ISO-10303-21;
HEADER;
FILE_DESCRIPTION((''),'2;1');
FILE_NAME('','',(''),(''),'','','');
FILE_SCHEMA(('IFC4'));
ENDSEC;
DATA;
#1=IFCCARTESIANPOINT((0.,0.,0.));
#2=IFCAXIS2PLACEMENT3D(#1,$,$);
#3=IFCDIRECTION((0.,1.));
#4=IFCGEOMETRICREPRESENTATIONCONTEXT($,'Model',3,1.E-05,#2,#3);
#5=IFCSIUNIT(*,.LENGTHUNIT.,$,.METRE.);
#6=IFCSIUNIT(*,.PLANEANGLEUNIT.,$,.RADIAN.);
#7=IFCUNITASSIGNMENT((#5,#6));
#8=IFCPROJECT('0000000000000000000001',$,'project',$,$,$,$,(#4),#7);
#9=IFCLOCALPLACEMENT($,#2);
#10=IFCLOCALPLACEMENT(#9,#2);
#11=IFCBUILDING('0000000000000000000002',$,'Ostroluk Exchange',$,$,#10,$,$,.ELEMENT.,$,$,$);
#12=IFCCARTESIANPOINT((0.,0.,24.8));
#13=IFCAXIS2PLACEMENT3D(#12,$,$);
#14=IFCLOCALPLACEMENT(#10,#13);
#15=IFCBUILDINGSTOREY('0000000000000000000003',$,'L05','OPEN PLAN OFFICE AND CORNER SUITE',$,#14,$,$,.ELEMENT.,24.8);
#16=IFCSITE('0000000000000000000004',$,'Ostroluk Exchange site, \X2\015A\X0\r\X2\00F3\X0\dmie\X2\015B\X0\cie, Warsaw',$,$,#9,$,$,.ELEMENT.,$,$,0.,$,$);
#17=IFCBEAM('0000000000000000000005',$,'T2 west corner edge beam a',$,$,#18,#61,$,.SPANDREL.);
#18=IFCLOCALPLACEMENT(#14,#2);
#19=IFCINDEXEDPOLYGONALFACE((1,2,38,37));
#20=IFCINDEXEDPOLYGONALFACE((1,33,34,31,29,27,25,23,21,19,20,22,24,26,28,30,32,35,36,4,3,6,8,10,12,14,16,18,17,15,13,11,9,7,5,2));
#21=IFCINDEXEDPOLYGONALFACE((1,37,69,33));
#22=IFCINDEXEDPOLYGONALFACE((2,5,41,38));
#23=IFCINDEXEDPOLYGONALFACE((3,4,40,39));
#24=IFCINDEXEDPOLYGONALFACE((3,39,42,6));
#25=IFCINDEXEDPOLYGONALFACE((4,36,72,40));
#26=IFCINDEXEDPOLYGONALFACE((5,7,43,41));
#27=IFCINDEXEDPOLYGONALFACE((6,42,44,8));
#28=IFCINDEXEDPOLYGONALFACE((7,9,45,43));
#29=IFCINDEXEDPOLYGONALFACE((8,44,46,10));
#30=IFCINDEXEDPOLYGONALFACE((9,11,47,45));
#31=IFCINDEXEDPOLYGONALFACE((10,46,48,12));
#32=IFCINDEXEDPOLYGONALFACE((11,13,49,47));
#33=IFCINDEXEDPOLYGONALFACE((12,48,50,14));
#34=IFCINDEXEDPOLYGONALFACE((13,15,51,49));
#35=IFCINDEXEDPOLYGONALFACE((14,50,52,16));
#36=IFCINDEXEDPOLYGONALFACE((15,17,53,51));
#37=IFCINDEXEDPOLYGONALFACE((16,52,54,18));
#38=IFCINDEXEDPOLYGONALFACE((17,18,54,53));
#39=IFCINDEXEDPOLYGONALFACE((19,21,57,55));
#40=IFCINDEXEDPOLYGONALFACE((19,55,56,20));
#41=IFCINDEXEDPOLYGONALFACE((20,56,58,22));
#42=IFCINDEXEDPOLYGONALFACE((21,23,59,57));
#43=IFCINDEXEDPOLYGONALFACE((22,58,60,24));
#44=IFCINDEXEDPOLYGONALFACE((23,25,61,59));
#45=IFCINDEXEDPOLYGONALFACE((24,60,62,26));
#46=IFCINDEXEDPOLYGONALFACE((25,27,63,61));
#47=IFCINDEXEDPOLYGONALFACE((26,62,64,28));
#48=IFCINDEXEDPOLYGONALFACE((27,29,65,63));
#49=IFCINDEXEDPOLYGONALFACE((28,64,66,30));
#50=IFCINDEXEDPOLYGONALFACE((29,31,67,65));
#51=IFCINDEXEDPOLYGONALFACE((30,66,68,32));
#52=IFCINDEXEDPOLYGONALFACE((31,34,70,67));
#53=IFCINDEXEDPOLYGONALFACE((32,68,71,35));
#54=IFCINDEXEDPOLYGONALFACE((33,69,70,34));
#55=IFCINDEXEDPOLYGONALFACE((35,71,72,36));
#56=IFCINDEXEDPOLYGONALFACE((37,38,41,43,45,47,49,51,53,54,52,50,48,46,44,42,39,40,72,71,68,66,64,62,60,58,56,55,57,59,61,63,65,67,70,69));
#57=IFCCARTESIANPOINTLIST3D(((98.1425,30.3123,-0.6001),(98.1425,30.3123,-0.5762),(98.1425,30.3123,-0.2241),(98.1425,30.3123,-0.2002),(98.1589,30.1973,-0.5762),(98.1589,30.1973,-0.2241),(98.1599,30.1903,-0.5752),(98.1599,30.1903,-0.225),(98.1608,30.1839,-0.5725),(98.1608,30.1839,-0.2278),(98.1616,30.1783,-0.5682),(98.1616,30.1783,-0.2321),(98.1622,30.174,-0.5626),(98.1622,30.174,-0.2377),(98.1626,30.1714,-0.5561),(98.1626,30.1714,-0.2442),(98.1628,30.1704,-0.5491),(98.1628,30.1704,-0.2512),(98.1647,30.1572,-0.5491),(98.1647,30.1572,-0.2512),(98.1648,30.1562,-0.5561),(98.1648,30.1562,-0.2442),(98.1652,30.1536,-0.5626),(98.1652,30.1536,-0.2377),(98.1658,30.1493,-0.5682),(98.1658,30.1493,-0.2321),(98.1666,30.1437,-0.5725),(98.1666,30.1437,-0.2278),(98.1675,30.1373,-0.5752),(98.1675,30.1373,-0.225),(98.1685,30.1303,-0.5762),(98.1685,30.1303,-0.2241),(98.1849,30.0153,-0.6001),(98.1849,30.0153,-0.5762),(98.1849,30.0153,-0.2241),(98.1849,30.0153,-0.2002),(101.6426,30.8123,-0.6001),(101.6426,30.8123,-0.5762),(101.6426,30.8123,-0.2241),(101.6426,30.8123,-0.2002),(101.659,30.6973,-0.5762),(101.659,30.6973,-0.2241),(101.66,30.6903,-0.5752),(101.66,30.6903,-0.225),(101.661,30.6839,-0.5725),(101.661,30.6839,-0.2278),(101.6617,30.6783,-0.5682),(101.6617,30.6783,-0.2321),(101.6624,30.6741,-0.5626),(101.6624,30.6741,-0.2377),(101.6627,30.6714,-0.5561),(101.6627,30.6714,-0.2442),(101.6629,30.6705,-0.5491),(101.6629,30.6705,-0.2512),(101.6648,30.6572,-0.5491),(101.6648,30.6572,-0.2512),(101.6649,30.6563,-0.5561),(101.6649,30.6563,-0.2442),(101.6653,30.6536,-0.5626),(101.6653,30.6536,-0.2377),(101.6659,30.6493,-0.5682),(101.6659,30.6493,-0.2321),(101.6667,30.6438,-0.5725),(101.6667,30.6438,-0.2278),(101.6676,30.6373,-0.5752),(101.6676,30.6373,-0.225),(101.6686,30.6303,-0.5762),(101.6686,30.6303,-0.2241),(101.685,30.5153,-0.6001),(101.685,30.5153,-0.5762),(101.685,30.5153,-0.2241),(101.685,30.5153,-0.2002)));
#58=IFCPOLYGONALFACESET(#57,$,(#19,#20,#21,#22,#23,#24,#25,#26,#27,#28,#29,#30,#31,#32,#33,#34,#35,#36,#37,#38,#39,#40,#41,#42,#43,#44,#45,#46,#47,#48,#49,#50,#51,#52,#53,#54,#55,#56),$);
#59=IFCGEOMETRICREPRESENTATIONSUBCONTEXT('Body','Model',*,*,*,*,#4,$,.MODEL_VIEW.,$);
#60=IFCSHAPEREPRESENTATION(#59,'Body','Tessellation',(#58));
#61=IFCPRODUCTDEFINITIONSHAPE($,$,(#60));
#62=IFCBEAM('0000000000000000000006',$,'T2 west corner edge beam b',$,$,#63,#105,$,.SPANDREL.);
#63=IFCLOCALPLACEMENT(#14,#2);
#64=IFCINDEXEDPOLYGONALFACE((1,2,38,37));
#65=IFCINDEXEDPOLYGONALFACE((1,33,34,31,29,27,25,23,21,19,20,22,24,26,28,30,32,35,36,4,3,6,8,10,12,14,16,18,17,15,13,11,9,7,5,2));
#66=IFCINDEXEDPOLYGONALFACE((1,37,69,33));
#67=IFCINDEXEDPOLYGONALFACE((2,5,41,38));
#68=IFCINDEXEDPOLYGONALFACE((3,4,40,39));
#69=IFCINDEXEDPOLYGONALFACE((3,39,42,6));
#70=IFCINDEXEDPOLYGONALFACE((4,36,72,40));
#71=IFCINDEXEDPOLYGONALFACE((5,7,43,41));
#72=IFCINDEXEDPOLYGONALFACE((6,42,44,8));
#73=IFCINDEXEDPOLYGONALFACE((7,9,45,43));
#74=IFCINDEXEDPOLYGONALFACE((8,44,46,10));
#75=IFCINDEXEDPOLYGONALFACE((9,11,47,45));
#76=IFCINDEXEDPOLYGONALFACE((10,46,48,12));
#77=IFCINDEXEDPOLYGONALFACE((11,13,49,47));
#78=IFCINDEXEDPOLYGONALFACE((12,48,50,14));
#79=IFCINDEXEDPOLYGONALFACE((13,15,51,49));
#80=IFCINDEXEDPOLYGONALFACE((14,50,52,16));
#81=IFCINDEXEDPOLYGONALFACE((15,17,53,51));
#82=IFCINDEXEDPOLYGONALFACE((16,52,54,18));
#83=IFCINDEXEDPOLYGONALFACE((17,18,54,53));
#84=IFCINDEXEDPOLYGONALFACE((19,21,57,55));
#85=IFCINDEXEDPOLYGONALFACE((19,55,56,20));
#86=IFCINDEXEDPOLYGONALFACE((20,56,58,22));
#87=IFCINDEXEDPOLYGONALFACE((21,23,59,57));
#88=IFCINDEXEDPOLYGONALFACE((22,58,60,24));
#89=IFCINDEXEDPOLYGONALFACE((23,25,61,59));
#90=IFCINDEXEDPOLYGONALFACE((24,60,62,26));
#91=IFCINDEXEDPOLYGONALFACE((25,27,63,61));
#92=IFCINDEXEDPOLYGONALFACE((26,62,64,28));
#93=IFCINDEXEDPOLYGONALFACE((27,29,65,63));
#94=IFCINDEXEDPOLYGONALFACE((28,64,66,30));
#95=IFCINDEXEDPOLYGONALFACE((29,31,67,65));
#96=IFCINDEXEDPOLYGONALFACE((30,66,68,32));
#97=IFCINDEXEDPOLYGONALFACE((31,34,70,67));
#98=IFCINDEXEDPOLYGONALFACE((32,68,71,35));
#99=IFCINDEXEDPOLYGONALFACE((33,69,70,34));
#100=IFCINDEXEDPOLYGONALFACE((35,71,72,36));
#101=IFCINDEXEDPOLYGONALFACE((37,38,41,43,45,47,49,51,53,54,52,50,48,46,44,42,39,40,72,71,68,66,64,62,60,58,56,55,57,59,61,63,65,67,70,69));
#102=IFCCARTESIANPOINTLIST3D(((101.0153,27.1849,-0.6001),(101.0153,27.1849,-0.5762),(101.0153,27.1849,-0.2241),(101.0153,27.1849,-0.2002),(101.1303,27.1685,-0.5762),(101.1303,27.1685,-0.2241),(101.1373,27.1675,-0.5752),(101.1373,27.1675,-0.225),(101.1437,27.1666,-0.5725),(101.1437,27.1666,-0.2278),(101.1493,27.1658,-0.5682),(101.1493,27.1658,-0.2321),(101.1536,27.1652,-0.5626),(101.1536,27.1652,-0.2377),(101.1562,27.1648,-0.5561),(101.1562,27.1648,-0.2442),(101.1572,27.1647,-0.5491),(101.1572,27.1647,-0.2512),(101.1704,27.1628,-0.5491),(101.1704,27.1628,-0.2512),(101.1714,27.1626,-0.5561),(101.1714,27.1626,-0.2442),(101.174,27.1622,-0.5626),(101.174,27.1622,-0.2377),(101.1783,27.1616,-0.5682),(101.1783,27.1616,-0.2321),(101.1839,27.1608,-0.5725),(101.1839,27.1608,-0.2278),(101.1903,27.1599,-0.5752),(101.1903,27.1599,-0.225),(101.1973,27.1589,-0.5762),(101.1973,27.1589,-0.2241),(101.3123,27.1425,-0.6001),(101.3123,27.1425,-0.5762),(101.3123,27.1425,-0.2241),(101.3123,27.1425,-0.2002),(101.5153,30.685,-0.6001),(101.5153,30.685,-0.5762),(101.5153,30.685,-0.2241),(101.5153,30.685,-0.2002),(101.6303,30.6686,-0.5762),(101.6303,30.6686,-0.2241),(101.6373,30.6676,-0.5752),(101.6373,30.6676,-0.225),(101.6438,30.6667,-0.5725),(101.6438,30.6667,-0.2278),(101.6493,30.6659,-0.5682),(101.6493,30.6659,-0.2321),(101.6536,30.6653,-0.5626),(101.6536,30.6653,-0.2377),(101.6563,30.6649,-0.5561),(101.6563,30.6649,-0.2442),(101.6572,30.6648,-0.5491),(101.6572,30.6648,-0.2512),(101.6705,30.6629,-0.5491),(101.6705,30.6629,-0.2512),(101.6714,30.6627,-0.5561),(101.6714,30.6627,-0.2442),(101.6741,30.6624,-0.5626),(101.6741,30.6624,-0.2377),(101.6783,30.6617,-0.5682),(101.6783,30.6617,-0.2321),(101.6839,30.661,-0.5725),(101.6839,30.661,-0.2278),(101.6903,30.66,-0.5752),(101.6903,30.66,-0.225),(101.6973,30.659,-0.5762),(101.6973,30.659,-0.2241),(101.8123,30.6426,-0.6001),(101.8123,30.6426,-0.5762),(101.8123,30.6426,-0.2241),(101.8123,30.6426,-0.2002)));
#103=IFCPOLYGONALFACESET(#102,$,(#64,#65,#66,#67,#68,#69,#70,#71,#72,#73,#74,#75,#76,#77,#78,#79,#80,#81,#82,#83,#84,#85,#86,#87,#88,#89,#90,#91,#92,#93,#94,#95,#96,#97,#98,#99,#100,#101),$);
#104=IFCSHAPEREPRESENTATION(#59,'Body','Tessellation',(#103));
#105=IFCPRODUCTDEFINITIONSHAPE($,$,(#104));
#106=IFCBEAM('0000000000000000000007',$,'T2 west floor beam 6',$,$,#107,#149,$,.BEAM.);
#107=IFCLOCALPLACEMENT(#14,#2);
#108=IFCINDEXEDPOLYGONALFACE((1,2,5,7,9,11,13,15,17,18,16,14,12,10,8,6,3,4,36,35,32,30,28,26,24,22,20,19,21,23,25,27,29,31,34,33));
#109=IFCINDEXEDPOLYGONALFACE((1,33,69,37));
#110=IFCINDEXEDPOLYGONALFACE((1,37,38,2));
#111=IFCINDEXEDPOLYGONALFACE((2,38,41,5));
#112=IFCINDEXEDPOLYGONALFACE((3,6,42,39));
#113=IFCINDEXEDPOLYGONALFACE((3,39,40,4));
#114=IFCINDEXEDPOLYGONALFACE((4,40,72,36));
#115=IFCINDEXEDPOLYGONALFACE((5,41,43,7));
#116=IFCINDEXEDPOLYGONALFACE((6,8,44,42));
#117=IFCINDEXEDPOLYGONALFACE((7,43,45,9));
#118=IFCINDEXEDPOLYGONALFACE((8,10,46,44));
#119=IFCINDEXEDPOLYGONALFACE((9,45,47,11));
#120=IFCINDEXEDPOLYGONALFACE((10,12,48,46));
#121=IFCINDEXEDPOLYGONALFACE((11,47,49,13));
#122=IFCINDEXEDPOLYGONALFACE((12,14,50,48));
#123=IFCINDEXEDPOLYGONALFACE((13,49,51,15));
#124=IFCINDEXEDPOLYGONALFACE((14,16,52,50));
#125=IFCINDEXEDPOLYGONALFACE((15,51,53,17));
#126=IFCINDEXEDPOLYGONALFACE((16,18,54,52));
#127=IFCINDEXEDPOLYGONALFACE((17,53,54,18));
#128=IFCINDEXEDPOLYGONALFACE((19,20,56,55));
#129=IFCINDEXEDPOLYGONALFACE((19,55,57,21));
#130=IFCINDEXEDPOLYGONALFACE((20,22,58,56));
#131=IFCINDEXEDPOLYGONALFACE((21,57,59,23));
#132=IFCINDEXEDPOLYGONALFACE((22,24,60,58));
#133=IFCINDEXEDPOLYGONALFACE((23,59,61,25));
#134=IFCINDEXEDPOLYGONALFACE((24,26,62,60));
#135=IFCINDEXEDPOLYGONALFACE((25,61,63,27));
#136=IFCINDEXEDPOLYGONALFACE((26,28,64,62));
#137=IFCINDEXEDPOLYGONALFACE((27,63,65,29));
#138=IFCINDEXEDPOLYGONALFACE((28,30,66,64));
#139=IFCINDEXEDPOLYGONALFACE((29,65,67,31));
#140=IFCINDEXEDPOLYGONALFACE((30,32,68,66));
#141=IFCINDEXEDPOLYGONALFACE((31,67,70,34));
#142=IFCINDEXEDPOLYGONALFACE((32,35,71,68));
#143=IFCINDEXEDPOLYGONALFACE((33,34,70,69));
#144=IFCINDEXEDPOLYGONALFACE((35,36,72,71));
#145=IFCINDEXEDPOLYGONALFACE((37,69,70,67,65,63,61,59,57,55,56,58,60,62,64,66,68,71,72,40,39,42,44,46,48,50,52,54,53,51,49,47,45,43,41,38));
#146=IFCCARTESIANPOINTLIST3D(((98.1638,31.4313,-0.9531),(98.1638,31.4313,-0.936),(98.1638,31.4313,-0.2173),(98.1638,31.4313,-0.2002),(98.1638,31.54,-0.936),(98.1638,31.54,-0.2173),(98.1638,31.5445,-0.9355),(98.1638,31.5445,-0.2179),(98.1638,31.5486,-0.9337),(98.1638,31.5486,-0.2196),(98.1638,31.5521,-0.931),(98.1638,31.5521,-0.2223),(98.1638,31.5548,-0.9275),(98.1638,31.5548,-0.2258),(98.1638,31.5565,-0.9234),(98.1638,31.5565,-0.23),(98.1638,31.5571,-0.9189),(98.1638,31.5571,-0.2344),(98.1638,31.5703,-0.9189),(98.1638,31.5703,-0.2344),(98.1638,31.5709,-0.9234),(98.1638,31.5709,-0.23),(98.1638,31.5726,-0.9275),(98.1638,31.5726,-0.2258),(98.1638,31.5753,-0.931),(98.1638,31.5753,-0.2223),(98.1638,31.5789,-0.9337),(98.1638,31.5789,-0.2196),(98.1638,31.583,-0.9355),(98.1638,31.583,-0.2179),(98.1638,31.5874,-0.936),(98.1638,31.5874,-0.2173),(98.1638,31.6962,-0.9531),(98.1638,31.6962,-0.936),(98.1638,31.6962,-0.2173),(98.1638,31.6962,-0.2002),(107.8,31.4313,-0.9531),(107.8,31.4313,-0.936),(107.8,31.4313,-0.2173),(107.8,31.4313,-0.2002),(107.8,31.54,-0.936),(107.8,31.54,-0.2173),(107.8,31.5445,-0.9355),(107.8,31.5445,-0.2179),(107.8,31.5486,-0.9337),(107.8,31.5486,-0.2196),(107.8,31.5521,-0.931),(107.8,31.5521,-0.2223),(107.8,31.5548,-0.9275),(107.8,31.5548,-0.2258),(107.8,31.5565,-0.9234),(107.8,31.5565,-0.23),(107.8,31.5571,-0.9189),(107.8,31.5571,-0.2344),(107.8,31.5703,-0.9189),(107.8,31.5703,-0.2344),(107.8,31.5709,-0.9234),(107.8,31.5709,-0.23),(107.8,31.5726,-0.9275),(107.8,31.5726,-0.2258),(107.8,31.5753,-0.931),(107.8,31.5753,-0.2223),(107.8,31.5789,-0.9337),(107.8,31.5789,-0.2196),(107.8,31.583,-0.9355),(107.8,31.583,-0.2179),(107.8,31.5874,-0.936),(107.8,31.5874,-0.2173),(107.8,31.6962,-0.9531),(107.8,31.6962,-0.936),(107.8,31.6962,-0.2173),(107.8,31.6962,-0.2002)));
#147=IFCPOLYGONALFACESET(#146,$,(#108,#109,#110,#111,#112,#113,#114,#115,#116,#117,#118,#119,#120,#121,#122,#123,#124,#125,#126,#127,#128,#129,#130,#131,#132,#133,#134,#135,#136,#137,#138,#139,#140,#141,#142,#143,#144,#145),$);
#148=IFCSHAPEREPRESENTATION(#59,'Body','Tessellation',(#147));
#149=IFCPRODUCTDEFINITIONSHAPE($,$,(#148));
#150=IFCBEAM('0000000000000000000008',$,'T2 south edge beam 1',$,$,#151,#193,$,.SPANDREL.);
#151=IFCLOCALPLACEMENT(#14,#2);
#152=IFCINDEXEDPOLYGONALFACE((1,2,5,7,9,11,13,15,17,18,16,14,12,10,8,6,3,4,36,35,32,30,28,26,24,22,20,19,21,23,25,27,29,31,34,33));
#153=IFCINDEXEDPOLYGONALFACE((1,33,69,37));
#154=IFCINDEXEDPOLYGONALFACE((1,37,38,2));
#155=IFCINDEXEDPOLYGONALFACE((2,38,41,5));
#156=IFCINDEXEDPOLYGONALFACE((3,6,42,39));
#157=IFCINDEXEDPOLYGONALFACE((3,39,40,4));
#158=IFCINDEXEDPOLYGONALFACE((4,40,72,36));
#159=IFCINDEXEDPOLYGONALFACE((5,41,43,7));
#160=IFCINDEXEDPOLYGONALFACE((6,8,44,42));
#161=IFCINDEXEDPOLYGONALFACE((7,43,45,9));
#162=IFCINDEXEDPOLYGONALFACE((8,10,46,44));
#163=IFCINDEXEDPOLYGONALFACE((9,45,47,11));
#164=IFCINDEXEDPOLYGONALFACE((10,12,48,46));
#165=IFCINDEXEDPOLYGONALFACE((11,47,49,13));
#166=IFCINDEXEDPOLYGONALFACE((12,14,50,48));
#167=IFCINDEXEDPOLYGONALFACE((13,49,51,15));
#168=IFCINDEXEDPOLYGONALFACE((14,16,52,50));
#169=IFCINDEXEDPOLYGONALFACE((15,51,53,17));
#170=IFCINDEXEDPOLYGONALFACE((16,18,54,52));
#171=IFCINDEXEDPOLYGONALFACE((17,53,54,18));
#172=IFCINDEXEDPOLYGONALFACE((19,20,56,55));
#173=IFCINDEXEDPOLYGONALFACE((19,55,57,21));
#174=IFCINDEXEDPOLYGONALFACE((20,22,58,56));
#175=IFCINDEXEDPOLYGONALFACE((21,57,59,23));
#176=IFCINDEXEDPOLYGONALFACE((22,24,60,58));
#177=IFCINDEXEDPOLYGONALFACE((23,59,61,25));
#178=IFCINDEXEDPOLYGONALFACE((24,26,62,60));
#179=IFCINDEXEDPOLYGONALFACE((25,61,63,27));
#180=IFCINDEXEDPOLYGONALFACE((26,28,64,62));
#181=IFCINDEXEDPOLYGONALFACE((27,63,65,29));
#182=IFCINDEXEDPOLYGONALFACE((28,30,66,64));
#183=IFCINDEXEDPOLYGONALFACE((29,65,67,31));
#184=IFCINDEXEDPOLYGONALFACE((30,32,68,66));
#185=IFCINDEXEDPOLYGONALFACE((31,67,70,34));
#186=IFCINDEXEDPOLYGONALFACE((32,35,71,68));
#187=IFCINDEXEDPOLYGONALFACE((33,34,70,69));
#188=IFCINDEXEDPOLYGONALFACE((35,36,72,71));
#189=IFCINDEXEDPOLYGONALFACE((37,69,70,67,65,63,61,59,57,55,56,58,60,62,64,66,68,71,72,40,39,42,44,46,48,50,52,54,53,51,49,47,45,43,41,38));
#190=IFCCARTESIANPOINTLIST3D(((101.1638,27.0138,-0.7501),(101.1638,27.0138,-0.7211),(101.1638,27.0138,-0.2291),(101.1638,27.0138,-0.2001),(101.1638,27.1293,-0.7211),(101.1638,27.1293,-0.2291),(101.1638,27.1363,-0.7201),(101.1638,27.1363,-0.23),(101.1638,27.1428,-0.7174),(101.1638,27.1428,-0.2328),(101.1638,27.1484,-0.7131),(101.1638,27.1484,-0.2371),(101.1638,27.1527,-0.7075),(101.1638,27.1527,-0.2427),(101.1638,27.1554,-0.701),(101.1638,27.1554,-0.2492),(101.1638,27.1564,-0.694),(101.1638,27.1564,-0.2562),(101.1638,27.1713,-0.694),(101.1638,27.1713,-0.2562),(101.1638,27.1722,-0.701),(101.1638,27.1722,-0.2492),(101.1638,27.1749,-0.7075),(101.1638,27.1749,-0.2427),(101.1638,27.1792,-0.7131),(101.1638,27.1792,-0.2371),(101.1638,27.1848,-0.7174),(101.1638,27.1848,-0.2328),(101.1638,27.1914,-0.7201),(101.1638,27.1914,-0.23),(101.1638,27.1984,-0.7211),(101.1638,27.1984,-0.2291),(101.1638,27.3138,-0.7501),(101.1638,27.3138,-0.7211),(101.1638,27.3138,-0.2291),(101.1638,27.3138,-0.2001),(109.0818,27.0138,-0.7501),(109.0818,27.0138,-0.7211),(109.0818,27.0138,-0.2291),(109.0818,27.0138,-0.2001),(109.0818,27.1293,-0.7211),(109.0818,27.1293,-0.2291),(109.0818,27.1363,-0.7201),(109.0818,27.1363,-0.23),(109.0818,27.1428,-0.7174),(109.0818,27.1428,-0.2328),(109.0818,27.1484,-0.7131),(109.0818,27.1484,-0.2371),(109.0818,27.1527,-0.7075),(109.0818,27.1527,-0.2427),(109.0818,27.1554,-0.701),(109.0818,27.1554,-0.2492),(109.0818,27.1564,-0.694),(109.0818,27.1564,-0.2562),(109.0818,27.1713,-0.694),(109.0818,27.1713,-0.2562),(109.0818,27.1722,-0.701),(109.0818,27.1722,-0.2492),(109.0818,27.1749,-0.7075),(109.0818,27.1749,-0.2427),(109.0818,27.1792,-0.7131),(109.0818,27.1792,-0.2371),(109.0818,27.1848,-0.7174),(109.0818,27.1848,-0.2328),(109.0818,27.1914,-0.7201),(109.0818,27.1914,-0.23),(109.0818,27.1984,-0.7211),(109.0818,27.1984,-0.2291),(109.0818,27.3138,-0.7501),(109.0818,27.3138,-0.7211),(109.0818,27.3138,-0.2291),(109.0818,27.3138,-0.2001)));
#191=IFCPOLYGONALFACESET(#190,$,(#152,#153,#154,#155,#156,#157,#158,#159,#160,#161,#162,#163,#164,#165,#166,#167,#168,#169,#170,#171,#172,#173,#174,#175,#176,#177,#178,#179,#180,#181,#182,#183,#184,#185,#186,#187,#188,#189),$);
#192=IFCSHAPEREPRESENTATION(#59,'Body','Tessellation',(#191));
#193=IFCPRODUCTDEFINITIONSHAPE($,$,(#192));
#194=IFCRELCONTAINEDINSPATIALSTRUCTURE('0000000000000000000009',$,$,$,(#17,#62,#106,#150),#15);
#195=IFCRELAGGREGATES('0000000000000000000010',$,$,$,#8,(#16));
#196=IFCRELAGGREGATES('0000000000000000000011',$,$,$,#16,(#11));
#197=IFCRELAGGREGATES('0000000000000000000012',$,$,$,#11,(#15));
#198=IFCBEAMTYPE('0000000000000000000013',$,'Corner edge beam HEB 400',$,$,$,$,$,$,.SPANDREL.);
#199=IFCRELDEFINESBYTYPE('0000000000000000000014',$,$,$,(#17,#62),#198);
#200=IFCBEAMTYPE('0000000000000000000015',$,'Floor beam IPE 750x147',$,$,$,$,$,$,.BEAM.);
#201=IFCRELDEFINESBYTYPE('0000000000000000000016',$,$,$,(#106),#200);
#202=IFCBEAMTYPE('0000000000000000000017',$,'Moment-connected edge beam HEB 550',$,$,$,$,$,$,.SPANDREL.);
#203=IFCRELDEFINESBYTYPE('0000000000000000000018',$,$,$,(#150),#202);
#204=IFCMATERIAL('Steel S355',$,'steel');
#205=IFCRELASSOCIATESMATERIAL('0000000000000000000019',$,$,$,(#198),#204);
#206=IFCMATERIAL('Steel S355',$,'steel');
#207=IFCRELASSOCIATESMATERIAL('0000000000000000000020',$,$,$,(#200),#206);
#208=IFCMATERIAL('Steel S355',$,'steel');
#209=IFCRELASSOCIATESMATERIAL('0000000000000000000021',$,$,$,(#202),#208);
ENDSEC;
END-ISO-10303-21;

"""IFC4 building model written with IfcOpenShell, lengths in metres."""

from ifc_helpers import new_model, si_unit, direction, frame, origin, origin_2d, place, context, subcontext, project, spatial, i_section, extrude, material, material_profile, profile_set, type_object, element, save


model = new_model("IFC4")

# Units and contexts
model_context = context("Model", 3, precision=1e-05, world=origin(), true_north=direction((0.0, 1.0)))
body_context = subcontext(model_context, "Body", "Model", "MODEL_VIEW")
ifc_project = project(units=[si_unit("LENGTHUNIT", "METRE"), si_unit("PLANEANGLEUNIT", "RADIAN")], contexts=[model_context])

# Site, building, storey
site_placement = place(None, origin())
site = spatial("IfcSite", under=ifc_project, at=site_placement, Name="Ostroluk Exchange site, Śródmieście, Warsaw", CompositionType="ELEMENT", RefElevation=0.0)
building_placement = place(site_placement, origin())
building = spatial("IfcBuilding", under=site, at=building_placement, Name="Ostroluk Exchange", CompositionType="ELEMENT")
storey_placement = place(building_placement, frame((0.0, 0.0, 24.8)))
storey = spatial("IfcBuildingStorey", under=building, at=storey_placement, Name="L05", Description="OPEN PLAN OFFICE AND CORNER SUITE", CompositionType="ELEMENT", Elevation=24.8)

# Beams
ifc_material_1 = material(Name="Steel S355", Category="steel")
ifc_material_profile_1 = material_profile(ifc_material_1, i_section(OverallWidth=0.3, OverallDepth=0.3999, WebThickness=0.0134, FlangeThickness=0.0239, FilletRadius=0.0271, at=origin_2d()), Name="HEB 400")
ifc_profile_set_1 = profile_set([ifc_material_profile_1], Name="Steel S355")
beam_type_1 = type_object("IfcBeamType", Name="Corner edge beam HEB 400", PredefinedType="SPANDREL", material=ifc_profile_set_1)
for number, where, z_axis, x_axis, name in (
    (1, (101.6638, 30.6638, -0.4001), (-0.989949, -0.141421, 0.0), (0.141421, -0.989949, 0.0), "T2 west corner edge beam a"),
    (2, (101.6638, 30.6638, -0.4001), (-0.141421, -0.989949, 0.0), (0.989949, -0.141421, 0.0), "T2 west corner edge beam b"),
):
    element("IfcBeam", number, at=place(storey_placement, frame(where, z_axis=z_axis, x_axis=x_axis)), inside=storey, type_object=beam_type_1, Name=name, PredefinedType="SPANDREL", context=body_context, shape_type="SweptSolid", body=[
        extrude(i_section(OverallWidth=0.3, OverallDepth=0.3999, WebThickness=0.0134, FlangeThickness=0.0239, FilletRadius=0.0271, at=origin_2d()), origin(), (0.0, 0.0, 1.0), 3.5356),
    ])
ifc_material_2 = material(Name="Steel S355", Category="steel")
ifc_material_profile_2 = material_profile(ifc_material_2, i_section(OverallWidth=0.2649, OverallDepth=0.7529, WebThickness=0.0132, FlangeThickness=0.0171, FilletRadius=0.0171, at=origin_2d()), Name="IPE 750x147")
ifc_profile_set_2 = profile_set([ifc_material_profile_2], Name="Steel S355")
beam_type_2 = type_object("IfcBeamType", Name="Floor beam IPE 750x147", PredefinedType="BEAM", material=ifc_profile_set_2)
beam_1_placement = place(storey_placement, frame((107.8, 31.5637, -0.5767), z_axis=(-1.0, 0.0, 0.0), x_axis=(0.0, -1.0, 0.0)))
element("IfcBeam", 3, at=beam_1_placement, inside=storey, type_object=beam_type_2, Name="T2 west floor beam 6", PredefinedType="BEAM", context=body_context, shape_type="SweptSolid", body=[
    extrude(i_section(OverallWidth=0.2649, OverallDepth=0.7529, WebThickness=0.0132, FlangeThickness=0.0171, FilletRadius=0.0171, at=origin_2d()), origin(), (0.0, 0.0, 1.0), 9.6362),
])
ifc_material_3 = material(Name="Steel S355", Category="steel")
ifc_material_profile_3 = material_profile(ifc_material_3, i_section(OverallWidth=0.3, OverallDepth=0.55, WebThickness=0.0149, FlangeThickness=0.0291, FilletRadius=0.0271, at=origin_2d()), Name="HEB 550")
ifc_profile_set_3 = profile_set([ifc_material_profile_3], Name="Steel S355")
beam_type_3 = type_object("IfcBeamType", Name="Moment-connected edge beam HEB 550", PredefinedType="SPANDREL", material=ifc_profile_set_3)
beam_2_placement = place(storey_placement, frame((101.1638, 27.1638, -0.4751), z_axis=(1.0, 0.0, 0.0), x_axis=(0.0, 1.0, 0.0)))
element("IfcBeam", 4, at=beam_2_placement, inside=storey, type_object=beam_type_3, Name="T2 south edge beam 1", PredefinedType="SPANDREL", context=body_context, shape_type="SweptSolid", body=[
    extrude(i_section(OverallWidth=0.3, OverallDepth=0.55, WebThickness=0.0149, FlangeThickness=0.0291, FilletRadius=0.0271, at=origin_2d()), origin(), (0.0, 0.0, 1.0), 7.918),
])

save(model, "model.ifc")
